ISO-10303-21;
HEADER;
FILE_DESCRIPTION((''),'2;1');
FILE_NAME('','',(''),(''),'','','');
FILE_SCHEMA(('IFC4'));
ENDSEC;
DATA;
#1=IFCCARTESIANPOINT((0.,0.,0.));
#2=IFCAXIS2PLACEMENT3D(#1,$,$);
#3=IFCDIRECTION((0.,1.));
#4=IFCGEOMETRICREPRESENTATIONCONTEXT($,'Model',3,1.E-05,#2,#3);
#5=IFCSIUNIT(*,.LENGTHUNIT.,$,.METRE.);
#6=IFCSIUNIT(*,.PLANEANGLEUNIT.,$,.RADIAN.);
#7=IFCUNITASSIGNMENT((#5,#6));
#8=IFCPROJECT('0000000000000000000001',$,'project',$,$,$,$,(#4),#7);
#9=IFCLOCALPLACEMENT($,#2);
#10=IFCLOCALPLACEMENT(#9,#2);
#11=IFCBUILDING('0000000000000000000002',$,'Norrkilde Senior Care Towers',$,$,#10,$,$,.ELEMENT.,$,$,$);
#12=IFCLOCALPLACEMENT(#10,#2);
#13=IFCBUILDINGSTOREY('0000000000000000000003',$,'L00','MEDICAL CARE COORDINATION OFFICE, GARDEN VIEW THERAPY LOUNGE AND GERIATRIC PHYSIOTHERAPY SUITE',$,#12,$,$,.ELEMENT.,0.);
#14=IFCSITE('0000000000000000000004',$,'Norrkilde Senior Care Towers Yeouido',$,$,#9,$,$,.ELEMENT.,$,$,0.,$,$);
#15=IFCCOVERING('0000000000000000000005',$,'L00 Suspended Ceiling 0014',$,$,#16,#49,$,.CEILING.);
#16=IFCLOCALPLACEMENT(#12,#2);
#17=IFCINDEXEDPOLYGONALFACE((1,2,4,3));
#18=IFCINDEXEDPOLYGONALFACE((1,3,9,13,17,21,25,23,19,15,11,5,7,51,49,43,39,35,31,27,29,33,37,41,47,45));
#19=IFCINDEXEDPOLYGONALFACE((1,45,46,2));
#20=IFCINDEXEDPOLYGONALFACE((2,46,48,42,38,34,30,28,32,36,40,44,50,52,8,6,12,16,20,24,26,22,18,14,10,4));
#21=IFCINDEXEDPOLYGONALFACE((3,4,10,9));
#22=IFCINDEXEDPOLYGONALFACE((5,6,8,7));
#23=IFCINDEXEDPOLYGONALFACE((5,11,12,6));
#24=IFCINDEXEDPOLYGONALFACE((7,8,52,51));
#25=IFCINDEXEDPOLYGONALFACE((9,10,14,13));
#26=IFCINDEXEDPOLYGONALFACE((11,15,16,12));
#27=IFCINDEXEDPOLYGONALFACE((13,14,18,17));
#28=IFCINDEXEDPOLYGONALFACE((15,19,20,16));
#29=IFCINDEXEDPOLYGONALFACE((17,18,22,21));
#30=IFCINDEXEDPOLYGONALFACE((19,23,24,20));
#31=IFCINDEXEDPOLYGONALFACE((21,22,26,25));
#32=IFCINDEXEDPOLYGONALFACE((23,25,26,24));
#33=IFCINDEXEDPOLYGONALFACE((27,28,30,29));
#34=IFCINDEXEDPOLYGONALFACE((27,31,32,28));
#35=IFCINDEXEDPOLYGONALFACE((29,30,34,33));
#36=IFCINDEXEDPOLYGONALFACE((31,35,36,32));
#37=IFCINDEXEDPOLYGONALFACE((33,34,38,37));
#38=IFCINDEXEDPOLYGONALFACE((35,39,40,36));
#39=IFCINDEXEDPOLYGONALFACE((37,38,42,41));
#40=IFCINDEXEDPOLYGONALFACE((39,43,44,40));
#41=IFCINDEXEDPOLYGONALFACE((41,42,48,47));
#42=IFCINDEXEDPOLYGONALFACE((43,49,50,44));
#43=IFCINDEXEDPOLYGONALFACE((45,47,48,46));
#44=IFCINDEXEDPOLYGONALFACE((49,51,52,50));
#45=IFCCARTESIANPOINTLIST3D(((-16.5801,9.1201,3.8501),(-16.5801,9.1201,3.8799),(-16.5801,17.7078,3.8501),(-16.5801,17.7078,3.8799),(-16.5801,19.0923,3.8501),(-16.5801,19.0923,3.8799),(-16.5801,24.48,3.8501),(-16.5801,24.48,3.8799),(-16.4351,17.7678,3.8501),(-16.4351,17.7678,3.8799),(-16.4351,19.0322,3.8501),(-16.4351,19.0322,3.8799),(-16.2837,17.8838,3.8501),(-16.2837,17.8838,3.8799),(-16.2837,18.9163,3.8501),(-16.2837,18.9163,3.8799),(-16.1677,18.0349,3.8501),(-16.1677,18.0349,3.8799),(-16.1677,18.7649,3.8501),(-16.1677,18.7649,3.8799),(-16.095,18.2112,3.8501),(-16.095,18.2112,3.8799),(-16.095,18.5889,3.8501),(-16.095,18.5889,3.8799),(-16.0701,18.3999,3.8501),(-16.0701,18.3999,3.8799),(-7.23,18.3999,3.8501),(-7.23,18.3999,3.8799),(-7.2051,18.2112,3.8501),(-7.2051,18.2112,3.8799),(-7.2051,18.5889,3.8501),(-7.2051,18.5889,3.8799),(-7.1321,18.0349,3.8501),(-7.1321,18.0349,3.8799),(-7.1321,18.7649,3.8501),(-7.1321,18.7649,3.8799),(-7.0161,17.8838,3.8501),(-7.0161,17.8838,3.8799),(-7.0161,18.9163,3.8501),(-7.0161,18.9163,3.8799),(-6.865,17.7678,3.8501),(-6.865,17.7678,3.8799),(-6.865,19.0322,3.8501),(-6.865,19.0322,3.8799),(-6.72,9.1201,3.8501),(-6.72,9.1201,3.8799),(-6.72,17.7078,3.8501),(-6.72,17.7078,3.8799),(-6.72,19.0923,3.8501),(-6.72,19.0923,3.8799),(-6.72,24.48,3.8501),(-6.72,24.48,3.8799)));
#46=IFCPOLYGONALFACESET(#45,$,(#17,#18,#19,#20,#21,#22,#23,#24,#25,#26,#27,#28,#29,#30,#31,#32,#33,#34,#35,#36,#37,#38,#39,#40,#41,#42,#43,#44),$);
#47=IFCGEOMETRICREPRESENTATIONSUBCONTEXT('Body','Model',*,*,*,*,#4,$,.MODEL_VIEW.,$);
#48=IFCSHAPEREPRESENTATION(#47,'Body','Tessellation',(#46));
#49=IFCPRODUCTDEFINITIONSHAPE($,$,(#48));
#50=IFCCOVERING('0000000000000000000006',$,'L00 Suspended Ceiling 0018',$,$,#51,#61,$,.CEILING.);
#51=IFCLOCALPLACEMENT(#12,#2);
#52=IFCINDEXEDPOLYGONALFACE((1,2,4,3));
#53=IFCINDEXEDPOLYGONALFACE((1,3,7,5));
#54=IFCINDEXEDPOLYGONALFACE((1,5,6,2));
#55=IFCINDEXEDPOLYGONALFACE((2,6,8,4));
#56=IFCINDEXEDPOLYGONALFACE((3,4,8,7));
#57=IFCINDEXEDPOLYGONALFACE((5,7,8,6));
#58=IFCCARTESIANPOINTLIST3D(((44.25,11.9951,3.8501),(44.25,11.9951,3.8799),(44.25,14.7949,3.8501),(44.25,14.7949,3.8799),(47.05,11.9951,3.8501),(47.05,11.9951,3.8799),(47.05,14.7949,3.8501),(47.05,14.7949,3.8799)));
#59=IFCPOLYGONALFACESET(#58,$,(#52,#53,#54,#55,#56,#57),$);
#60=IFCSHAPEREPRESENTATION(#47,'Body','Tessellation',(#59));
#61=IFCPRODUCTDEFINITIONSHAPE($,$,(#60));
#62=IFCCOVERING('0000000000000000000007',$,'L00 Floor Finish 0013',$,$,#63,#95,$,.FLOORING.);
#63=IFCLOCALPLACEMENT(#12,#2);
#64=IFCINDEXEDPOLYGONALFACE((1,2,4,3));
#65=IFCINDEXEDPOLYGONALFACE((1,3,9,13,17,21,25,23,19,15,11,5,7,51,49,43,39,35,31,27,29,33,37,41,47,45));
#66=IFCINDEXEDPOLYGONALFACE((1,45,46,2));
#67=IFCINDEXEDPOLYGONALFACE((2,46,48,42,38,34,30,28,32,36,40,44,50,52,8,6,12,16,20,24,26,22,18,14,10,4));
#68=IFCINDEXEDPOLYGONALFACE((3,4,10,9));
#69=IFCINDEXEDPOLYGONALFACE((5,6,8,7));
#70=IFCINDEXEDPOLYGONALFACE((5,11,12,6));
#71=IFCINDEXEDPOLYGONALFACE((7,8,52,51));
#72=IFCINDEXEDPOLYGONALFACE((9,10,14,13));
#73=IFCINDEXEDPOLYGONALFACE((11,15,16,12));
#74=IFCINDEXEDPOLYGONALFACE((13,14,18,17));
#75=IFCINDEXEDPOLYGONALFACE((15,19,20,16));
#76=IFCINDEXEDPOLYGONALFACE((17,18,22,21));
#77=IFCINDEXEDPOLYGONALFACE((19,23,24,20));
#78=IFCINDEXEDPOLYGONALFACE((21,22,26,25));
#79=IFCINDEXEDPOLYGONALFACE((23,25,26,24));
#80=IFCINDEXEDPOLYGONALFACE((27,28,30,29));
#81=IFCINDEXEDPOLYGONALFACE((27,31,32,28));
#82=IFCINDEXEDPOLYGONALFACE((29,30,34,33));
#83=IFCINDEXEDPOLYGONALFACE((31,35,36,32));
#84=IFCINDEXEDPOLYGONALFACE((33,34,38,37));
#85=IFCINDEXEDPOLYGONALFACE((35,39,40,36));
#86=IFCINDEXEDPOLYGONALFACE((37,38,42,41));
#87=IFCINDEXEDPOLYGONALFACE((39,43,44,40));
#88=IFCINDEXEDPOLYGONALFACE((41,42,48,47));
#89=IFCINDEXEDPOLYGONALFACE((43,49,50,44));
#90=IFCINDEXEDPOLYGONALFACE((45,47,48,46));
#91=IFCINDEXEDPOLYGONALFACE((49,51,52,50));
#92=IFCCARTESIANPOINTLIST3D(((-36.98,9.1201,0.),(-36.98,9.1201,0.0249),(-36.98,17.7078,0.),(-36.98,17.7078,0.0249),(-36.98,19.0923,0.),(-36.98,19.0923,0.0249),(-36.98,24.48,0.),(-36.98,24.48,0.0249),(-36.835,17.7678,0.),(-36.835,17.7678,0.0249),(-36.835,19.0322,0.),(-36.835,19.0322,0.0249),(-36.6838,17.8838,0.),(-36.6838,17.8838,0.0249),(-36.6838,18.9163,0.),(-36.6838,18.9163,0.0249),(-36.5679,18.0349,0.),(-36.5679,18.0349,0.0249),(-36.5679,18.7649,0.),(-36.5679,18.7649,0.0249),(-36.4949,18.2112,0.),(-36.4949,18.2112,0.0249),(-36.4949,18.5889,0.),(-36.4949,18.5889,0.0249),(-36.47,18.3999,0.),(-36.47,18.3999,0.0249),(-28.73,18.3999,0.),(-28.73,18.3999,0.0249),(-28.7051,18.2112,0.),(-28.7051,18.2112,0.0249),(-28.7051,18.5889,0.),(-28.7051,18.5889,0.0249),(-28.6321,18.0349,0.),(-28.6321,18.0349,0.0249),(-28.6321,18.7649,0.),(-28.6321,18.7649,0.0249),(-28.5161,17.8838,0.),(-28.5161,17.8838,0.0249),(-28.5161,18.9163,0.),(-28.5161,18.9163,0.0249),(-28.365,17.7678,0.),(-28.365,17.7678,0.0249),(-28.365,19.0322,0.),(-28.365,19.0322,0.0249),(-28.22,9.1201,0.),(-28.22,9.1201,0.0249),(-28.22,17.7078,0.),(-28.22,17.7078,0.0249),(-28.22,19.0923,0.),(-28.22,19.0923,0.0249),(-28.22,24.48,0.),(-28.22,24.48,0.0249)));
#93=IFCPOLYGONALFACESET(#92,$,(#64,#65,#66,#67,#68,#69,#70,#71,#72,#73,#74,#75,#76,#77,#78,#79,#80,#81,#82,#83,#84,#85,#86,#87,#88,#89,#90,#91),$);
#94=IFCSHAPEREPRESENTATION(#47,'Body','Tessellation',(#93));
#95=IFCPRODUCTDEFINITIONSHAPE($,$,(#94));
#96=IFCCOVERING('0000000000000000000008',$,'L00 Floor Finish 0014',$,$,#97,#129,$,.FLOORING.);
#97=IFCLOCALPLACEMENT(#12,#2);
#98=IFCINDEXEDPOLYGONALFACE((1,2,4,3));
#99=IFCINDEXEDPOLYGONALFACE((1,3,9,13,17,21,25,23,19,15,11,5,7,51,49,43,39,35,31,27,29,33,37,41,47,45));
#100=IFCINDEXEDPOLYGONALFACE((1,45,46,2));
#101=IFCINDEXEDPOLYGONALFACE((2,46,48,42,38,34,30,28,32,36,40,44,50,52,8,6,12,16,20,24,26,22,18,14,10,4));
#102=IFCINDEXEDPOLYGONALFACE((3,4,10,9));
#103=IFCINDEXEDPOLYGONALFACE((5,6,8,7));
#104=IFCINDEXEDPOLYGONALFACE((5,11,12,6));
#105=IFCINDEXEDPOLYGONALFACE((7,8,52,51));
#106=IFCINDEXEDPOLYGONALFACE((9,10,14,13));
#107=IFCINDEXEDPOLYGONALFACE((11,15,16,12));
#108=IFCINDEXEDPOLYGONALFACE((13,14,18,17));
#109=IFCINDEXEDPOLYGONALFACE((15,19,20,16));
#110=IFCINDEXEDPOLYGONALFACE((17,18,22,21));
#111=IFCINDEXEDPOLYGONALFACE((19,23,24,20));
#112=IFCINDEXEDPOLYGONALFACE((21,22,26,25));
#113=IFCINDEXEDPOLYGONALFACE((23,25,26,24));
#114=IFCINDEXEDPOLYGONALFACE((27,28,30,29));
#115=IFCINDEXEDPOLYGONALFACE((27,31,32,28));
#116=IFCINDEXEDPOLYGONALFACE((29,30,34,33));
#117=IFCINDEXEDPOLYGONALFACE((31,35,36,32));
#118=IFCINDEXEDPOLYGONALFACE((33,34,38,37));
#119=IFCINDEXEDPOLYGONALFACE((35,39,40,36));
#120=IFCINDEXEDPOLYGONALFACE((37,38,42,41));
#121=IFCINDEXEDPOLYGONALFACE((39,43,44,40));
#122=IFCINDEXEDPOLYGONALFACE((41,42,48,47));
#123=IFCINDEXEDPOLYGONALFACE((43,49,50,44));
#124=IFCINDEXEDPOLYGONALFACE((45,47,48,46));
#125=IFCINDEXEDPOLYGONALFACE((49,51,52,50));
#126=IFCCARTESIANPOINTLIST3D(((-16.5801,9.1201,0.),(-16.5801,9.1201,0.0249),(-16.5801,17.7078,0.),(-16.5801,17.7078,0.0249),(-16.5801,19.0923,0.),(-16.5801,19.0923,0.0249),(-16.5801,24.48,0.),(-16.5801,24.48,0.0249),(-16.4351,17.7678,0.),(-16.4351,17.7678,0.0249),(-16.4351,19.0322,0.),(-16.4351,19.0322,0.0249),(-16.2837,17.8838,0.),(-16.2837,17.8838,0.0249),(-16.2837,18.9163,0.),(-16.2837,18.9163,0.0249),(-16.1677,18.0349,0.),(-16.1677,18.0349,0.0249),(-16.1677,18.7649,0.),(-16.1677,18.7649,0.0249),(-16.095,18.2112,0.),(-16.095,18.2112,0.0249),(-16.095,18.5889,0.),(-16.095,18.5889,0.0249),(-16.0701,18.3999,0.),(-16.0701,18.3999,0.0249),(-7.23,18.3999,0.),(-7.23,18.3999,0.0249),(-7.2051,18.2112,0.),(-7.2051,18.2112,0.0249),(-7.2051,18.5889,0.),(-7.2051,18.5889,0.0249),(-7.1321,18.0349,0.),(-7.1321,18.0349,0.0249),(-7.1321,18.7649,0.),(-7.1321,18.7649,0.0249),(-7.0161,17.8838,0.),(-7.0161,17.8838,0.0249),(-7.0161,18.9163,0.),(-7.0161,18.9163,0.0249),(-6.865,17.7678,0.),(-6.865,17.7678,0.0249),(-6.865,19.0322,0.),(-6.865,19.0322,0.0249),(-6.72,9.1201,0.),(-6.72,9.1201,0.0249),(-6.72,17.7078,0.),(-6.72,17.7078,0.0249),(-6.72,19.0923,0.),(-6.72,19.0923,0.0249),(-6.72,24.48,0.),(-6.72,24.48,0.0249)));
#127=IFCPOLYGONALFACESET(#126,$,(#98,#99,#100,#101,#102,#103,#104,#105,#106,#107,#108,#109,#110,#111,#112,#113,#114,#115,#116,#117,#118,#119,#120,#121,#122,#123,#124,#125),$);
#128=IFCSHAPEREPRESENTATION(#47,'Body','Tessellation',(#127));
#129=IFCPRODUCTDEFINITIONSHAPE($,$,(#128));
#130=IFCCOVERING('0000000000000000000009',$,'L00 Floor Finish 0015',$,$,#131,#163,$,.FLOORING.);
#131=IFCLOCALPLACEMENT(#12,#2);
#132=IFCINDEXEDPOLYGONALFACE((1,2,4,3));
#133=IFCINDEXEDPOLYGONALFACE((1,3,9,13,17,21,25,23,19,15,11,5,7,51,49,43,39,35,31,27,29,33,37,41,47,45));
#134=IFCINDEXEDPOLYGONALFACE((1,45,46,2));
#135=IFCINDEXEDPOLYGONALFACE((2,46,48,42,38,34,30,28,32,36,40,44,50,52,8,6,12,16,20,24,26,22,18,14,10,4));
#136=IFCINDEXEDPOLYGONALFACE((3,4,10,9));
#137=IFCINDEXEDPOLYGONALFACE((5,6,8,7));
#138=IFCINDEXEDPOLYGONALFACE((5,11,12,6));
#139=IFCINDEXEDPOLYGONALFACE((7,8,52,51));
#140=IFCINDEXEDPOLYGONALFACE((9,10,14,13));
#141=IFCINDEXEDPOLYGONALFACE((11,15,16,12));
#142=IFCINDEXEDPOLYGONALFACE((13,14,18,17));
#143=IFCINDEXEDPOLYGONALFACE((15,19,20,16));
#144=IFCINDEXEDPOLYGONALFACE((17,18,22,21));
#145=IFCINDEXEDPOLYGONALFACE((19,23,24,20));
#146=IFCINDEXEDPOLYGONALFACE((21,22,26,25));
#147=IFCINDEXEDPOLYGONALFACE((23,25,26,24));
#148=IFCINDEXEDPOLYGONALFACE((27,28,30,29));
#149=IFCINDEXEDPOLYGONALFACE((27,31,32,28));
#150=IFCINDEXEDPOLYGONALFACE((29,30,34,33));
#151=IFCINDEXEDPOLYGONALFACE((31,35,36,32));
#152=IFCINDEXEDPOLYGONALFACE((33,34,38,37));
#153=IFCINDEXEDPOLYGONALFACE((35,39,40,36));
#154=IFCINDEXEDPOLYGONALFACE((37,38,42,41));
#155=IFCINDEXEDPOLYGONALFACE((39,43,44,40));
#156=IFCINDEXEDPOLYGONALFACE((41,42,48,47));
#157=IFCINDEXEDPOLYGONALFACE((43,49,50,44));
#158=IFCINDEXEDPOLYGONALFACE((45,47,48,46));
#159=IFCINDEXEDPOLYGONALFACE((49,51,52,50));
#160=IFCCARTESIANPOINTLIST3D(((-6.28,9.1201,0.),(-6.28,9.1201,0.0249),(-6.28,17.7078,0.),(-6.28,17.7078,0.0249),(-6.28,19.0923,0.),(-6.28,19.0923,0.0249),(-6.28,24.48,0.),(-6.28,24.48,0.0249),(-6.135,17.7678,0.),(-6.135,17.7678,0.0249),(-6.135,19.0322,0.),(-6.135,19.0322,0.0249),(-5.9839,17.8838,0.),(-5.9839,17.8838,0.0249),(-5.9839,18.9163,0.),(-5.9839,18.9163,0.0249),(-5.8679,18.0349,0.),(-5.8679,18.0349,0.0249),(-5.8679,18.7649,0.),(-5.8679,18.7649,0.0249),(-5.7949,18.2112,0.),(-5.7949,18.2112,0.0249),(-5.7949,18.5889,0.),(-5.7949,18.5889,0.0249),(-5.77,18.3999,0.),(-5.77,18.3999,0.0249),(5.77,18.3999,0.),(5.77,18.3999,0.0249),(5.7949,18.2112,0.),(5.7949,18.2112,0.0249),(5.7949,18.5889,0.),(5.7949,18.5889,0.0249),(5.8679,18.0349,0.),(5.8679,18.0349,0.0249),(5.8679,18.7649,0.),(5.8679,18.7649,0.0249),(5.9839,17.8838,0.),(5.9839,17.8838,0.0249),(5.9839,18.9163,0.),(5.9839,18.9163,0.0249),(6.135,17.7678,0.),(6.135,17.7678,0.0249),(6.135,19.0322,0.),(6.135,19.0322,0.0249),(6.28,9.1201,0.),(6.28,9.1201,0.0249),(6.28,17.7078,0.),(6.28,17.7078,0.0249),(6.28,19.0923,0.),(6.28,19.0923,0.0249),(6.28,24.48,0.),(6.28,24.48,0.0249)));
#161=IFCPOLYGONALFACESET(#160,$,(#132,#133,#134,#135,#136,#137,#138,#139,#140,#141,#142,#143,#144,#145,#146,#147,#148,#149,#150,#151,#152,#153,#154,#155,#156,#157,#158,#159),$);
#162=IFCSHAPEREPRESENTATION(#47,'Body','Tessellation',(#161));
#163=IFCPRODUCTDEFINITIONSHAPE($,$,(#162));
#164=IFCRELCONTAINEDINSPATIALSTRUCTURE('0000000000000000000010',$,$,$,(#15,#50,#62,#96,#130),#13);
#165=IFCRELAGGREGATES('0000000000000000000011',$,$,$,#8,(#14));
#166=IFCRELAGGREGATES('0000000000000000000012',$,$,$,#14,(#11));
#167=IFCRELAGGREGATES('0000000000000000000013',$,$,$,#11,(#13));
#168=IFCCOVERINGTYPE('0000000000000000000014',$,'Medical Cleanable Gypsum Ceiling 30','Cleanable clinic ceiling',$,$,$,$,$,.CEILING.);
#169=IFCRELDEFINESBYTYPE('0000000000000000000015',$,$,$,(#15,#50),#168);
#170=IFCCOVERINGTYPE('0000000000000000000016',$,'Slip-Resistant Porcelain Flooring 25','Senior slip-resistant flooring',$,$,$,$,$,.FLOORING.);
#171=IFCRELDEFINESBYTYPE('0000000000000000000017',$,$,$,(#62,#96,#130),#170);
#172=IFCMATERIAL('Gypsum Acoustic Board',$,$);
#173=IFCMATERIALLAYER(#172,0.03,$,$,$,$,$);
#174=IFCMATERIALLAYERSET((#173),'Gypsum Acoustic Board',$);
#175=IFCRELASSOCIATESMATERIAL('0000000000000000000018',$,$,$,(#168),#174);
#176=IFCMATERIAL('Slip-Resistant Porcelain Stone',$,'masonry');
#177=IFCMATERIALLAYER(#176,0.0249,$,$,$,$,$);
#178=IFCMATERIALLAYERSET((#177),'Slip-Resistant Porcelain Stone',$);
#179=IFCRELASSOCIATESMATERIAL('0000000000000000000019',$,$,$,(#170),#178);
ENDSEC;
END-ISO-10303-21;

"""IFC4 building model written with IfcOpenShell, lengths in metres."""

from ifc_helpers import new_model, si_unit, direction, frame, origin, place, context, subcontext, project, spatial, polyline, outline, extrude, material, layer, layer_set, type_object, element, save


model = new_model("IFC4")

# Units and contexts
model_context = context("Model", 3, precision=1e-05, world=origin(), true_north=direction((0.0, 1.0)))
body_context = subcontext(model_context, "Body", "Model", "MODEL_VIEW")
ifc_project = project(units=[si_unit("LENGTHUNIT", "METRE"), si_unit("PLANEANGLEUNIT", "RADIAN")], contexts=[model_context])

# Site, building, storey
site_placement = place(None, origin())
site = spatial("IfcSite", under=ifc_project, at=site_placement, Name="Norrkilde Senior Care Towers Yeouido", CompositionType="ELEMENT", RefElevation=0.0)
building_placement = place(site_placement, origin())
building = spatial("IfcBuilding", under=site, at=building_placement, Name="Norrkilde Senior Care Towers", CompositionType="ELEMENT")
storey_placement = place(building_placement, origin())
storey = spatial("IfcBuildingStorey", under=building, at=storey_placement, Name="L00", Description="MEDICAL CARE COORDINATION OFFICE, GARDEN VIEW THERAPY LOUNGE AND GERIATRIC PHYSIOTHERAPY SUITE", CompositionType="ELEMENT", Elevation=0.0)

# Shared definitions
ifc_material_1 = material(Name="Gypsum Acoustic Board")

# Coverings
ifc_layer_1 = layer(ifc_material_1, 0.03)
ifc_layer_set_1 = layer_set([ifc_layer_1], Name="Gypsum Acoustic Board")
covering_type_1 = type_object("IfcCoveringType", Name="Medical Cleanable Gypsum Ceiling 30", Description="Cleanable clinic ceiling", PredefinedType="CEILING", material=ifc_layer_set_1)
covering_1_placement = place(storey_placement, frame((0.0, 0.0, 3.8501)))
element("IfcCovering", 1, at=covering_1_placement, inside=storey, type_object=covering_type_1, Name="L00 Suspended Ceiling 0014", PredefinedType="CEILING", context=body_context, shape_type="SweptSolid", body=[
    extrude(outline(polyline([(-16.5801, 9.1201), (-16.5801, 17.7078), (-16.4351, 17.7678), (-16.2837, 17.8838), (-16.1677, 18.0349), (-16.095, 18.2112), (-16.0701, 18.3999), (-16.095, 18.5889), (-16.1677, 18.7649), (-16.2837, 18.9163), (-16.4351, 19.0322), (-16.5801, 19.0923), (-16.5801, 24.48), (-6.72, 24.48), (-6.72, 19.0923), (-6.865, 19.0322), (-7.0161, 18.9163), (-7.1321, 18.7649), (-7.2051, 18.5889), (-7.23, 18.3999), (-7.2051, 18.2112), (-7.1321, 18.0349), (-7.0161, 17.8838), (-6.865, 17.7678), (-6.72, 17.7078), (-6.72, 9.1201), (-16.5801, 9.1201)])), origin(), (0.0, 0.0, 1.0), 0.0298),
])
covering_2_placement = place(storey_placement, frame((0.0, 0.0, 3.8501)))
element("IfcCovering", 2, at=covering_2_placement, inside=storey, type_object=covering_type_1, Name="L00 Suspended Ceiling 0018", PredefinedType="CEILING", context=body_context, shape_type="SweptSolid", body=[
    extrude(outline(polyline([(44.25, 11.9951), (44.25, 14.7949), (47.05, 14.7949), (47.05, 11.9951), (44.25, 11.9951)])), origin(), (0.0, 0.0, 1.0), 0.0298),
])
ifc_material_2 = material(Name="Slip-Resistant Porcelain Stone", Category="masonry")
ifc_layer_2 = layer(ifc_material_2, 0.0249)
ifc_layer_set_2 = layer_set([ifc_layer_2], Name="Slip-Resistant Porcelain Stone")
covering_type_2 = type_object("IfcCoveringType", Name="Slip-Resistant Porcelain Flooring 25", Description="Senior slip-resistant flooring", PredefinedType="FLOORING", material=ifc_layer_set_2)
covering_3_placement = place(storey_placement, origin())
element("IfcCovering", 3, at=covering_3_placement, inside=storey, type_object=covering_type_2, Name="L00 Floor Finish 0013", PredefinedType="FLOORING", context=body_context, shape_type="SweptSolid", body=[
    extrude(outline(polyline([(-36.98, 9.1201), (-36.98, 17.7078), (-36.835, 17.7678), (-36.6838, 17.8838), (-36.5679, 18.0349), (-36.4949, 18.2112), (-36.47, 18.3999), (-36.4949, 18.5889), (-36.5679, 18.7649), (-36.6838, 18.9163), (-36.835, 19.0322), (-36.98, 19.0923), (-36.98, 24.48), (-28.22, 24.48), (-28.22, 19.0923), (-28.365, 19.0322), (-28.5161, 18.9163), (-28.6321, 18.7649), (-28.7051, 18.5889), (-28.73, 18.3999), (-28.7051, 18.2112), (-28.6321, 18.0349), (-28.5161, 17.8838), (-28.365, 17.7678), (-28.22, 17.7078), (-28.22, 9.1201), (-36.98, 9.1201)])), origin(), (0.0, 0.0, 1.0), 0.0249),
])
covering_4_placement = place(storey_placement, origin())
element("IfcCovering", 4, at=covering_4_placement, inside=storey, type_object=covering_type_2, Name="L00 Floor Finish 0014", PredefinedType="FLOORING", context=body_context, shape_type="SweptSolid", body=[
    extrude(outline(polyline([(-16.5801, 9.1201), (-16.5801, 17.7078), (-16.4351, 17.7678), (-16.2837, 17.8838), (-16.1677, 18.0349), (-16.095, 18.2112), (-16.0701, 18.3999), (-16.095, 18.5889), (-16.1677, 18.7649), (-16.2837, 18.9163), (-16.4351, 19.0322), (-16.5801, 19.0923), (-16.5801, 24.48), (-6.72, 24.48), (-6.72, 19.0923), (-6.865, 19.0322), (-7.0161, 18.9163), (-7.1321, 18.7649), (-7.2051, 18.5889), (-7.23, 18.3999), (-7.2051, 18.2112), (-7.1321, 18.0349), (-7.0161, 17.8838), (-6.865, 17.7678), (-6.72, 17.7078), (-6.72, 9.1201), (-16.5801, 9.1201)])), origin(), (0.0, 0.0, 1.0), 0.0249),
])
covering_5_placement = place(storey_placement, origin())
element("IfcCovering", 5, at=covering_5_placement, inside=storey, type_object=covering_type_2, Name="L00 Floor Finish 0015", PredefinedType="FLOORING", context=body_context, shape_type="SweptSolid", body=[
    extrude(outline(polyline([(-6.28, 9.1201), (-6.28, 17.7078), (-6.135, 17.7678), (-5.9839, 17.8838), (-5.8679, 18.0349), (-5.7949, 18.2112), (-5.77, 18.3999), (-5.7949, 18.5889), (-5.8679, 18.7649), (-5.9839, 18.9163), (-6.135, 19.0322), (-6.28, 19.0923), (-6.28, 24.48), (6.28, 24.48), (6.28, 19.0923), (6.135, 19.0322), (5.9839, 18.9163), (5.8679, 18.7649), (5.7949, 18.5889), (5.77, 18.3999), (5.7949, 18.2112), (5.8679, 18.0349), (5.9839, 17.8838), (6.135, 17.7678), (6.28, 17.7078), (6.28, 9.1201), (-6.28, 9.1201)])), origin(), (0.0, 0.0, 1.0), 0.0249),
])

save(model, "model.ifc")
